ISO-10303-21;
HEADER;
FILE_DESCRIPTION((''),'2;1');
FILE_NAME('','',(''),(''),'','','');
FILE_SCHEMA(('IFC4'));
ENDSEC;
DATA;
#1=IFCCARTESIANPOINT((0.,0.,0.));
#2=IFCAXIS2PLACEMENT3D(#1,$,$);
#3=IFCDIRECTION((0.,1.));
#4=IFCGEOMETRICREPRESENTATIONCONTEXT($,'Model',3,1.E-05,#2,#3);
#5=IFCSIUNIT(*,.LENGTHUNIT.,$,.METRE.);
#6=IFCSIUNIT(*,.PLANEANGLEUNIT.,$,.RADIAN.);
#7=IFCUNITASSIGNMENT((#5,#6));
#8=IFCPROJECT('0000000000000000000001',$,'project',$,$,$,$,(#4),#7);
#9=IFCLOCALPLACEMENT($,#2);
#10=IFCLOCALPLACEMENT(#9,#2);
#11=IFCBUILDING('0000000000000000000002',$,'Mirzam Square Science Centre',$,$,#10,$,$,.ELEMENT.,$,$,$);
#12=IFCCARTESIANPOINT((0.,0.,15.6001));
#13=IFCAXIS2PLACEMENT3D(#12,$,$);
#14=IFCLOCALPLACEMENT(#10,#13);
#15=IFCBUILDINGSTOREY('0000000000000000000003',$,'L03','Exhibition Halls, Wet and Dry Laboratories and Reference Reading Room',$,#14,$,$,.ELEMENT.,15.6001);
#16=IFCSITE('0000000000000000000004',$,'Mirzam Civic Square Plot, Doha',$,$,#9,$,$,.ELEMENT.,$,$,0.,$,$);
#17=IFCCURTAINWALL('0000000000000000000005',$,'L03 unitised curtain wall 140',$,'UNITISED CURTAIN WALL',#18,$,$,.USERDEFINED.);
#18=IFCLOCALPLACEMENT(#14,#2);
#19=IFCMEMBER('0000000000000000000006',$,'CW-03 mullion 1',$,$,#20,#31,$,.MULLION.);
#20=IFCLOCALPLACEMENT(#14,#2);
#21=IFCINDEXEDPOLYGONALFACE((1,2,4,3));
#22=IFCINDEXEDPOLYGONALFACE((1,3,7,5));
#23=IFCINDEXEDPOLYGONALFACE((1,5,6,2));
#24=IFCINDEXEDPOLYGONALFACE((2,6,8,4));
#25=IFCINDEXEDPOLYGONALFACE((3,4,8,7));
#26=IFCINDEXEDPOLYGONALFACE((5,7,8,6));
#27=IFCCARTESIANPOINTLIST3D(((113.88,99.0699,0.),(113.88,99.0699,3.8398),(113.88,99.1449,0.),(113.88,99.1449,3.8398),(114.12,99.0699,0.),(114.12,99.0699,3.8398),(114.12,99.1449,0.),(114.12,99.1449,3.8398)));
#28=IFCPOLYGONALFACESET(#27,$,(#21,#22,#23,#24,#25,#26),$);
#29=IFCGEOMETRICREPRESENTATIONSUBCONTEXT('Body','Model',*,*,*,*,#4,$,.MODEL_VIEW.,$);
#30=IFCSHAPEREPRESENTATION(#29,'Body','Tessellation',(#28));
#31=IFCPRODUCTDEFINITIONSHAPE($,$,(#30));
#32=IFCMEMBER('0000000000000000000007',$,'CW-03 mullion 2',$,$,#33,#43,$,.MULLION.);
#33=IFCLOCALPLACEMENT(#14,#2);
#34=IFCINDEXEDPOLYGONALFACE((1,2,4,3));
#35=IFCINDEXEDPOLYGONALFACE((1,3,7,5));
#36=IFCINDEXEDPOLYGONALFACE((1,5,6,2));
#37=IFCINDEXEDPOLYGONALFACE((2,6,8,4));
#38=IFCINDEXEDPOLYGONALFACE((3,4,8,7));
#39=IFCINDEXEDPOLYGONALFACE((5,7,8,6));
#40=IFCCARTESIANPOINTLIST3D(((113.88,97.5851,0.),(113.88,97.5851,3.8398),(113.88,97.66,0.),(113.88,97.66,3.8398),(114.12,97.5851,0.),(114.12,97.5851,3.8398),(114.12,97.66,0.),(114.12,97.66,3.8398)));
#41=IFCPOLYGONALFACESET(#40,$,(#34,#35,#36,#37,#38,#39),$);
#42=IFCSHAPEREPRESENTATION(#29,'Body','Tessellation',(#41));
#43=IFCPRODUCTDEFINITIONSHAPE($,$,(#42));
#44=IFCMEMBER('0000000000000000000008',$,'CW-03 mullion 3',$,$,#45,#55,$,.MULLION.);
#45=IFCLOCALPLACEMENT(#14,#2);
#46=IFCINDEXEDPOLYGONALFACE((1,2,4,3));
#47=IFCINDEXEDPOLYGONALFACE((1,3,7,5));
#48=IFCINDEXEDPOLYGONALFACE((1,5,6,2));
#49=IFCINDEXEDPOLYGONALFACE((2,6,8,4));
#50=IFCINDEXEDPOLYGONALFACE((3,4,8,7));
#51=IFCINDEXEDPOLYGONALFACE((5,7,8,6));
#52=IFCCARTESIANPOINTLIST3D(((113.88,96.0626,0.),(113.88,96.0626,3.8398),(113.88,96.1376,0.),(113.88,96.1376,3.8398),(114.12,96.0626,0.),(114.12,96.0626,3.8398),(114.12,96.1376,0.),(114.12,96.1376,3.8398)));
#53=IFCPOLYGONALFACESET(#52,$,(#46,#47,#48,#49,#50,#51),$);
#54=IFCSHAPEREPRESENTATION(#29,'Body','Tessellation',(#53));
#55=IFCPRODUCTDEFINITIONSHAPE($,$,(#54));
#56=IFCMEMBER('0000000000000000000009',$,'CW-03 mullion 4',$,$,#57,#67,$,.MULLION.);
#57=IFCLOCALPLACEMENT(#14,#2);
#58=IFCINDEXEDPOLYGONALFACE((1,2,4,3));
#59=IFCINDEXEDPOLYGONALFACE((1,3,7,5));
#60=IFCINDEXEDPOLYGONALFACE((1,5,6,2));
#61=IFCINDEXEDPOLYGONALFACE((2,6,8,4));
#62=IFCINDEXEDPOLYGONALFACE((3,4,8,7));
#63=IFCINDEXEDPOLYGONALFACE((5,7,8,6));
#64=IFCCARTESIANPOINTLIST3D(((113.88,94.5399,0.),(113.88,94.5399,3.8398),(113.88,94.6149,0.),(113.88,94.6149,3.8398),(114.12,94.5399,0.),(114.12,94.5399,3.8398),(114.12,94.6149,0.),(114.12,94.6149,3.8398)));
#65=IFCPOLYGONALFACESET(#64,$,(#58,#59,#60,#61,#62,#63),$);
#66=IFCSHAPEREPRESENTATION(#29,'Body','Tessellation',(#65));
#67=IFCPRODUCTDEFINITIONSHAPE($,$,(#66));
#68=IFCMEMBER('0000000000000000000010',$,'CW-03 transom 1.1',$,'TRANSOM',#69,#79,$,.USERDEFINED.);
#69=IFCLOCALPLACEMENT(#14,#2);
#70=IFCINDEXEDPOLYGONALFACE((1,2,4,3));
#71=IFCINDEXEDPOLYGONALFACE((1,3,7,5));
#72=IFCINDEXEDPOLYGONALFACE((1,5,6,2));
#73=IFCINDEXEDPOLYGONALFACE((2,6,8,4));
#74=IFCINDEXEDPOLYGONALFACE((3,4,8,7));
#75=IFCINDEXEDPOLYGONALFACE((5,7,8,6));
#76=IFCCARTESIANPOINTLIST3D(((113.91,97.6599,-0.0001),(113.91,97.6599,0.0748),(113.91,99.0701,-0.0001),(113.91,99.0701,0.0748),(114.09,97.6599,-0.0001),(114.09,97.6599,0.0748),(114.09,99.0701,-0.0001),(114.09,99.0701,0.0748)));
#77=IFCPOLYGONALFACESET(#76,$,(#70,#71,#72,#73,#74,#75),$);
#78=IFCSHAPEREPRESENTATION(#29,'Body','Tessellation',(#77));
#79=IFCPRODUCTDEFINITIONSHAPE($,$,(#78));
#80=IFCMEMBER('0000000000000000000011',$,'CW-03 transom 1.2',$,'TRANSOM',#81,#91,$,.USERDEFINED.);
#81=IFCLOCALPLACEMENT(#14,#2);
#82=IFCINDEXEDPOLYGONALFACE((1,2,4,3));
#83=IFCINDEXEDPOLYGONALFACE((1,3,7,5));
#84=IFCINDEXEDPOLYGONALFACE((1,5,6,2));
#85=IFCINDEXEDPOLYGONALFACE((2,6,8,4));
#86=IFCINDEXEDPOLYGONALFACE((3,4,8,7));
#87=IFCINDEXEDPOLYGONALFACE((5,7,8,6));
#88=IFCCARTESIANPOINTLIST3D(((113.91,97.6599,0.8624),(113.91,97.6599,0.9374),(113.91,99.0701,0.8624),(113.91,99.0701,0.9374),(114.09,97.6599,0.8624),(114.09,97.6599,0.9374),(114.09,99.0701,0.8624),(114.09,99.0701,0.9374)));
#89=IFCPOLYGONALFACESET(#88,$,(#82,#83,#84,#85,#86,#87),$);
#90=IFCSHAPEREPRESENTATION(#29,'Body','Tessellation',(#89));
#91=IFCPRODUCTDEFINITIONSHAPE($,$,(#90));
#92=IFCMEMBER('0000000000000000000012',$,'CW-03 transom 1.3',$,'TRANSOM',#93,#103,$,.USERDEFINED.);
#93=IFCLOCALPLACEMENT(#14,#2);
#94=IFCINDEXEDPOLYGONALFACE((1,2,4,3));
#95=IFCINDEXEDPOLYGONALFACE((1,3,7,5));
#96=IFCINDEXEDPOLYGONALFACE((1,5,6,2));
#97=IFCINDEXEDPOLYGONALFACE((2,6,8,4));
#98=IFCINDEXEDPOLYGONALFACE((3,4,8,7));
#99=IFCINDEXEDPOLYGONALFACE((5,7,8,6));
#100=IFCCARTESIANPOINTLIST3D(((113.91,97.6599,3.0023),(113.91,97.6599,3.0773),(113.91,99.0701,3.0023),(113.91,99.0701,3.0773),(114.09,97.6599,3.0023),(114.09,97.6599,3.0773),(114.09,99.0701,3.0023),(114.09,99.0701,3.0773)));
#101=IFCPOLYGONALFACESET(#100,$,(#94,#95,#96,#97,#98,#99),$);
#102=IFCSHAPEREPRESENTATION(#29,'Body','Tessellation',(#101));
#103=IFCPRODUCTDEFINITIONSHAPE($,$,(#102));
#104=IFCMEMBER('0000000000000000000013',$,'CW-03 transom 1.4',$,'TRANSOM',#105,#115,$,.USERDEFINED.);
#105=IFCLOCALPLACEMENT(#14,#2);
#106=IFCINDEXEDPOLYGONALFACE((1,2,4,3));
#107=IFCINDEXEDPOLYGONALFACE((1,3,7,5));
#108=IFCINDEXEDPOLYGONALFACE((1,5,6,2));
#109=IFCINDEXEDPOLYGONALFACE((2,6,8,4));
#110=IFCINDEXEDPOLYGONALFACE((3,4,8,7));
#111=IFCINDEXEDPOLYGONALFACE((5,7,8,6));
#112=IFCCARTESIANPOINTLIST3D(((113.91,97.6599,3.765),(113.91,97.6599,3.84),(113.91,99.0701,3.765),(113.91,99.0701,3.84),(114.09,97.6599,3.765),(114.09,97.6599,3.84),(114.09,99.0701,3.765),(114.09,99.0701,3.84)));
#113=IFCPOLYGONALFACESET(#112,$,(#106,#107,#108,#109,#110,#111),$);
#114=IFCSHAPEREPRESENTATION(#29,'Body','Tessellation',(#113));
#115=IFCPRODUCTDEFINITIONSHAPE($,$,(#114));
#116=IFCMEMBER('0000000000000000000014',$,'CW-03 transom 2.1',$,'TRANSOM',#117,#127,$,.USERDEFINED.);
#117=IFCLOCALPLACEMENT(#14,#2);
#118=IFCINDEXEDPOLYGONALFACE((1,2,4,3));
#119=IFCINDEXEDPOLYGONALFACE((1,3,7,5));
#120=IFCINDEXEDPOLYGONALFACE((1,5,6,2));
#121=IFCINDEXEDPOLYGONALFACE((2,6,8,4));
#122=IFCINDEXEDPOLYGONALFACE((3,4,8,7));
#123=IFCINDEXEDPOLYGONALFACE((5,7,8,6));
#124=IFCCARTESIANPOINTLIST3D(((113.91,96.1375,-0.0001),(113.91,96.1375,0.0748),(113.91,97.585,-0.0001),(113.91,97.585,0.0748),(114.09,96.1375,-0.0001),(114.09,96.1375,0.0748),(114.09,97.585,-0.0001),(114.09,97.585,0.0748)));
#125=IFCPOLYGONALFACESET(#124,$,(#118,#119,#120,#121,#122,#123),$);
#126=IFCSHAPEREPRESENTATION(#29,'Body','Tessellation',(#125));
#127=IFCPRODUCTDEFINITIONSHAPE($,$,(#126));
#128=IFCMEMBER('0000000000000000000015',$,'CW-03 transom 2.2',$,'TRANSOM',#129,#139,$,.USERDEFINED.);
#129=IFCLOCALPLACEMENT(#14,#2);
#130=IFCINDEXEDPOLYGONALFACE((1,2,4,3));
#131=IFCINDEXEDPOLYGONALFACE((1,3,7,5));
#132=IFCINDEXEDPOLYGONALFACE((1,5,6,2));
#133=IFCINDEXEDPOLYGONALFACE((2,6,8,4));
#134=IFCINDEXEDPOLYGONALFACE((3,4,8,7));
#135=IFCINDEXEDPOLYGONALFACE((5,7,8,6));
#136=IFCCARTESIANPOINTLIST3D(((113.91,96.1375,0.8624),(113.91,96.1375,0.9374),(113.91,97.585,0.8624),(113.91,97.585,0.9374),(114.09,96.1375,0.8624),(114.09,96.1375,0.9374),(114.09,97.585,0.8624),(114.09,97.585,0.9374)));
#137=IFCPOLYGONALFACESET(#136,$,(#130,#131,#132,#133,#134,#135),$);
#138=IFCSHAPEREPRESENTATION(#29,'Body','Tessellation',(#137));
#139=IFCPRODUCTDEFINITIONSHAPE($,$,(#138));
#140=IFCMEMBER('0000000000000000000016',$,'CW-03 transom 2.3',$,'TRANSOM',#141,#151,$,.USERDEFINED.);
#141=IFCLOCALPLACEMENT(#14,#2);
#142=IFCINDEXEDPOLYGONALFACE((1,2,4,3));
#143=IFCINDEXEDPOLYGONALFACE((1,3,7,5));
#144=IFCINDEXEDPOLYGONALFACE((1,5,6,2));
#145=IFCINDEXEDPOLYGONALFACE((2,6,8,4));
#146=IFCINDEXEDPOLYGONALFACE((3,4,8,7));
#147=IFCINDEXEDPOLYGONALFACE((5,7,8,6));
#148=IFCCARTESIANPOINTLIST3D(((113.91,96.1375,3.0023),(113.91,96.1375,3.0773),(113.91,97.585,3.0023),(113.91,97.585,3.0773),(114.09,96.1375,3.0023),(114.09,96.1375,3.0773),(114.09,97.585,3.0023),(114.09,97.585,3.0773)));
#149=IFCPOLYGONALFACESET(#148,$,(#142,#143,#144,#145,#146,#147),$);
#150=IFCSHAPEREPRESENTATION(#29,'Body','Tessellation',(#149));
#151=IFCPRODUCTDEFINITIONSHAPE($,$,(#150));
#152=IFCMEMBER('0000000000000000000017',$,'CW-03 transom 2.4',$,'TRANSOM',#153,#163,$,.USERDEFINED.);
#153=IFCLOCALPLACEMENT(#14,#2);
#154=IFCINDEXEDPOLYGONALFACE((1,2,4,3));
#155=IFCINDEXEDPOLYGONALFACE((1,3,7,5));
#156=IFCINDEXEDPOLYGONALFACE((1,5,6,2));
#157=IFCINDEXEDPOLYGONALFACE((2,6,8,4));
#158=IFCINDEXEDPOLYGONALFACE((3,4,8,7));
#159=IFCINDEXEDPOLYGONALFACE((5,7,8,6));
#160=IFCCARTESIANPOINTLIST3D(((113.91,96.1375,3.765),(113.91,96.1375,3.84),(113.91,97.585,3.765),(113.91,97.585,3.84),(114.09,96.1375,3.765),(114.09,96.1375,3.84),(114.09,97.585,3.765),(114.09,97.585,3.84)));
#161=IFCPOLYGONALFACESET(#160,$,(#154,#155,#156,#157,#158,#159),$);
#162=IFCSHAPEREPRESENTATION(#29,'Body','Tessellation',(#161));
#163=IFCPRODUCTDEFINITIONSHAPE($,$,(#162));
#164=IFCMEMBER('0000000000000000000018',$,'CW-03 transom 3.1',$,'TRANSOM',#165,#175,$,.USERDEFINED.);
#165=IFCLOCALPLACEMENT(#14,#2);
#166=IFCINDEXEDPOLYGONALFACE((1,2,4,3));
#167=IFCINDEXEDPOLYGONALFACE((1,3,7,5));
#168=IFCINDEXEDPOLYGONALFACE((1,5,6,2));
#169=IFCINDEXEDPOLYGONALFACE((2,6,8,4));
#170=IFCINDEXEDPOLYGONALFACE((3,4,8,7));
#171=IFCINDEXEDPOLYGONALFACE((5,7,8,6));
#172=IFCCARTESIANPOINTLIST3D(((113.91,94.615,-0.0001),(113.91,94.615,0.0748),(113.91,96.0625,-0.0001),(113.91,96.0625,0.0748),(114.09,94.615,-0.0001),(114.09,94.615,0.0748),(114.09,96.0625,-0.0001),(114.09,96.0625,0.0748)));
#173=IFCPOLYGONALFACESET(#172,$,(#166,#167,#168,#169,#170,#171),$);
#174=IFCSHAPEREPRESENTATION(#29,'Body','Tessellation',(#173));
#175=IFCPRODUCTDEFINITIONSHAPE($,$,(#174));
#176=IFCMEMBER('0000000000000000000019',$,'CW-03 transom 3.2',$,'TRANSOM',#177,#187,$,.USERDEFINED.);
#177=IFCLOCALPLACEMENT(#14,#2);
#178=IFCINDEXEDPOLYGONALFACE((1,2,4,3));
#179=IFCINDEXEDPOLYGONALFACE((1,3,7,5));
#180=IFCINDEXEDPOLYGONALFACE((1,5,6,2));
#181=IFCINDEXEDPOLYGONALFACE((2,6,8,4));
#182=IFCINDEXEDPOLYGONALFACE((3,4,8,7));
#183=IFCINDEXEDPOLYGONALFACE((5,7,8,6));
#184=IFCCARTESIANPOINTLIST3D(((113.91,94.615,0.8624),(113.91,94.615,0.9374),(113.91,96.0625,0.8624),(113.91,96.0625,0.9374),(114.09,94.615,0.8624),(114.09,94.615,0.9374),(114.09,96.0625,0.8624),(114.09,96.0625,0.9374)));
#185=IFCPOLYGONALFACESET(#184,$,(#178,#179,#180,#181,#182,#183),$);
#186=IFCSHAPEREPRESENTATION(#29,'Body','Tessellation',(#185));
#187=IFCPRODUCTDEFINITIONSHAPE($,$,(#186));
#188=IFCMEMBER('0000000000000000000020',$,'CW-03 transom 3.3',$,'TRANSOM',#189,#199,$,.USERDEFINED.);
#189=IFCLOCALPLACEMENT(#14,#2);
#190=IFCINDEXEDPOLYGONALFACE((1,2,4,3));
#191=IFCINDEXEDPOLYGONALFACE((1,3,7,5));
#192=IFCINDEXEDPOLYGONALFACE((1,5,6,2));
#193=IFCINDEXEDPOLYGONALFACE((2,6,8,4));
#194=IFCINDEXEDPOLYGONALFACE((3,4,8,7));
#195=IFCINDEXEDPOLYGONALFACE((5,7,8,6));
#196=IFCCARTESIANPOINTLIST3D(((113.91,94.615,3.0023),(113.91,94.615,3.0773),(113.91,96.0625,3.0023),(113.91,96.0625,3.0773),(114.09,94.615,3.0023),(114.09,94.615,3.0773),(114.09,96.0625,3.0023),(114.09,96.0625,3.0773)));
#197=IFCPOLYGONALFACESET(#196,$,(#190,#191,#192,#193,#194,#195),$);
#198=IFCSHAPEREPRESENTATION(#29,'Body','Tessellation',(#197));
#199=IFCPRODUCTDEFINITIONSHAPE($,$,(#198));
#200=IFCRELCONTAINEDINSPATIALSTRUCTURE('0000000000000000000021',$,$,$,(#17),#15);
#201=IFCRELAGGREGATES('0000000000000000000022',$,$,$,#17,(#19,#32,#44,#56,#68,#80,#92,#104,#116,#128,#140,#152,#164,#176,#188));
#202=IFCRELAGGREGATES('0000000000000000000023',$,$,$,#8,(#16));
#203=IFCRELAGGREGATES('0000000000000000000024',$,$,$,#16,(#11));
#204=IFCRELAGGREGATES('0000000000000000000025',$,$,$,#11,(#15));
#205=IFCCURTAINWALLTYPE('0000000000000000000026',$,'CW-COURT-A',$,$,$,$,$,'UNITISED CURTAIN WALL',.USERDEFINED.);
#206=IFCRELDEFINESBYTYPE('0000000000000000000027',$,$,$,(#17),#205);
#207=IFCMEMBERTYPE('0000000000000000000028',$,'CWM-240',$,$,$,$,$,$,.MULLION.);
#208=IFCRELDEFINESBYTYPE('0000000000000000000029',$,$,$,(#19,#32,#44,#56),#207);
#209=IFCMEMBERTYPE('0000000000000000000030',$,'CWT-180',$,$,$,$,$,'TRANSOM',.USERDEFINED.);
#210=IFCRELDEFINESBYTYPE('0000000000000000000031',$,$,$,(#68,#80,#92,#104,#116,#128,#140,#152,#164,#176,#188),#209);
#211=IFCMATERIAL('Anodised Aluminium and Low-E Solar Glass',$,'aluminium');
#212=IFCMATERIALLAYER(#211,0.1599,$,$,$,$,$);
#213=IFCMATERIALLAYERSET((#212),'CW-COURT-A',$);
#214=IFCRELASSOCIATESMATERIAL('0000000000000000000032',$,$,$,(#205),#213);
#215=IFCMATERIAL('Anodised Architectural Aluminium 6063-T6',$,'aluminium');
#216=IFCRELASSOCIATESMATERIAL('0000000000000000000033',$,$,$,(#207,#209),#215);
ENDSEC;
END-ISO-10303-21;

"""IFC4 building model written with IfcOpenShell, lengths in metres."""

from ifc_helpers import new_model, si_unit, direction, frame, origin, origin_2d, place, context, subcontext, project, spatial, rectangle, extrude, material, layer, layer_set, material_profile, profile_set, type_object, element, aggregate, save


model = new_model("IFC4")

# Units and contexts
model_context = context("Model", 3, precision=1e-05, world=origin(), true_north=direction((0.0, 1.0)))
body_context = subcontext(model_context, "Body", "Model", "MODEL_VIEW")
ifc_project = project(units=[si_unit("LENGTHUNIT", "METRE"), si_unit("PLANEANGLEUNIT", "RADIAN")], contexts=[model_context])

# Site, building, storey
site_placement = place(None, origin())
site = spatial("IfcSite", under=ifc_project, at=site_placement, Name="Mirzam Civic Square Plot, Doha", CompositionType="ELEMENT", RefElevation=0.0)
building_placement = place(site_placement, origin())
building = spatial("IfcBuilding", under=site, at=building_placement, Name="Mirzam Square Science Centre", CompositionType="ELEMENT")
storey_placement = place(building_placement, frame((0.0, 0.0, 15.6001)))
storey = spatial("IfcBuildingStorey", under=building, at=storey_placement, Name="L03", Description="Exhibition Halls, Wet and Dry Laboratories and Reference Reading Room", CompositionType="ELEMENT", Elevation=15.6001)

# Curtain wall, members
ifc_material_1 = material(Name="Anodised Aluminium and Low-E Solar Glass", Category="aluminium")
ifc_layer_1 = layer(ifc_material_1, 0.1599)
ifc_layer_set_1 = layer_set([ifc_layer_1], Name="CW-COURT-A")
curtain_wall_type = type_object("IfcCurtainWallType", Name="CW-COURT-A", ElementType="UNITISED CURTAIN WALL", PredefinedType="USERDEFINED", material=ifc_layer_set_1)
curtain_wall_placement = place(storey_placement, origin())
curtain_wall = element("IfcCurtainWall", 1, at=curtain_wall_placement, inside=storey, type_object=curtain_wall_type, Name="L03 unitised curtain wall 140", ObjectType="UNITISED CURTAIN WALL", PredefinedType="USERDEFINED")
ifc_material_2 = material(Name="Anodised Architectural Aluminium 6063-T6", Category="aluminium")
ifc_material_profile_1 = material_profile(ifc_material_2, rectangle(XDim=0.075, YDim=0.24, at=origin_2d()), Name="ALU-MULL-240x75x5")
ifc_profile_set_1 = profile_set([ifc_material_profile_1], Name="Anodised Architectural Aluminium 6063-T6")
member_type_1 = type_object("IfcMemberType", Name="CWM-240", PredefinedType="MULLION", material=ifc_profile_set_1)
member_1_placement = place(storey_placement, frame((114.0, 99.1074, 0.0), z_axis=(0.0, 0.0, 1.0), x_axis=(0.0, -1.0, 0.0)))
member_1 = element("IfcMember", 2, at=member_1_placement, type_object=member_type_1, Name="CW-03 mullion 1", PredefinedType="MULLION", context=body_context, shape_type="SweptSolid", body=[
    extrude(rectangle(XDim=0.075, YDim=0.24, at=origin_2d()), origin(), (0.0, 0.0, 1.0), 3.8398),
])
member_2_placement = place(storey_placement, frame((114.0, 97.6226, 0.0), z_axis=(0.0, 0.0, 1.0), x_axis=(0.0, -1.0, 0.0)))
member_2 = element("IfcMember", 3, at=member_2_placement, type_object=member_type_1, Name="CW-03 mullion 2", PredefinedType="MULLION", context=body_context, shape_type="SweptSolid", body=[
    extrude(rectangle(XDim=0.075, YDim=0.24, at=origin_2d()), origin(), (0.0, 0.0, 1.0), 3.8398),
])
member_3_placement = place(storey_placement, frame((114.0, 96.1001, 0.0), z_axis=(0.0, 0.0, 1.0), x_axis=(0.0, -1.0, 0.0)))
member_3 = element("IfcMember", 4, at=member_3_placement, type_object=member_type_1, Name="CW-03 mullion 3", PredefinedType="MULLION", context=body_context, shape_type="SweptSolid", body=[
    extrude(rectangle(XDim=0.075, YDim=0.24, at=origin_2d()), origin(), (0.0, 0.0, 1.0), 3.8398),
])
member_4_placement = place(storey_placement, frame((114.0, 94.5774, 0.0), z_axis=(0.0, 0.0, 1.0), x_axis=(0.0, -1.0, 0.0)))
member_4 = element("IfcMember", 5, at=member_4_placement, type_object=member_type_1, Name="CW-03 mullion 4", PredefinedType="MULLION", context=body_context, shape_type="SweptSolid", body=[
    extrude(rectangle(XDim=0.075, YDim=0.24, at=origin_2d()), origin(), (0.0, 0.0, 1.0), 3.8398),
])
ifc_material_profile_2 = material_profile(ifc_material_2, rectangle(XDim=0.1799, YDim=0.075, at=origin_2d()), Name="ALU-TRAN-180x75x5")
ifc_profile_set_2 = profile_set([ifc_material_profile_2], Name="Anodised Architectural Aluminium 6063-T6")
member_type_2 = type_object("IfcMemberType", Name="CWT-180", ElementType="TRANSOM", PredefinedType="USERDEFINED", material=ifc_profile_set_2)
member_5_placement = place(storey_placement, frame((114.0, 99.0701, 0.0374), z_axis=(0.0, -1.0, 0.0), x_axis=(1.0, 0.0, 0.0)))
member_5 = element("IfcMember", 6, at=member_5_placement, type_object=member_type_2, Name="CW-03 transom 1.1", ObjectType="TRANSOM", PredefinedType="USERDEFINED", context=body_context, shape_type="SweptSolid", body=[
    extrude(rectangle(XDim=0.1799, YDim=0.075, at=origin_2d()), origin(), (0.0, 0.0, 1.0), 1.4102),
])
member_6_placement = place(storey_placement, frame((114.0, 99.0701, 0.8999), z_axis=(0.0, -1.0, 0.0), x_axis=(1.0, 0.0, 0.0)))
member_6 = element("IfcMember", 7, at=member_6_placement, type_object=member_type_2, Name="CW-03 transom 1.2", ObjectType="TRANSOM", PredefinedType="USERDEFINED", context=body_context, shape_type="SweptSolid", body=[
    extrude(rectangle(XDim=0.1799, YDim=0.075, at=origin_2d()), origin(), (0.0, 0.0, 1.0), 1.4102),
])
member_7_placement = place(storey_placement, frame((114.0, 99.0701, 3.0398), z_axis=(0.0, -1.0, 0.0), x_axis=(1.0, 0.0, 0.0)))
member_7 = element("IfcMember", 8, at=member_7_placement, type_object=member_type_2, Name="CW-03 transom 1.3", ObjectType="TRANSOM", PredefinedType="USERDEFINED", context=body_context, shape_type="SweptSolid", body=[
    extrude(rectangle(XDim=0.1799, YDim=0.075, at=origin_2d()), origin(), (0.0, 0.0, 1.0), 1.4102),
])
member_8_placement = place(storey_placement, frame((114.0, 99.0701, 3.8025), z_axis=(0.0, -1.0, 0.0), x_axis=(1.0, 0.0, 0.0)))
member_8 = element("IfcMember", 9, at=member_8_placement, type_object=member_type_2, Name="CW-03 transom 1.4", ObjectType="TRANSOM", PredefinedType="USERDEFINED", context=body_context, shape_type="SweptSolid", body=[
    extrude(rectangle(XDim=0.1799, YDim=0.075, at=origin_2d()), origin(), (0.0, 0.0, 1.0), 1.4102),
])
member_9_placement = place(storey_placement, frame((114.0, 97.585, 0.0374), z_axis=(0.0, -1.0, 0.0), x_axis=(1.0, 0.0, 0.0)))
member_9 = element("IfcMember", 10, at=member_9_placement, type_object=member_type_2, Name="CW-03 transom 2.1", ObjectType="TRANSOM", PredefinedType="USERDEFINED", context=body_context, shape_type="SweptSolid", body=[
    extrude(rectangle(XDim=0.1799, YDim=0.075, at=origin_2d()), origin(), (0.0, 0.0, 1.0), 1.4475),
])
member_10_placement = place(storey_placement, frame((114.0, 97.585, 0.8999), z_axis=(0.0, -1.0, 0.0), x_axis=(1.0, 0.0, 0.0)))
member_10 = element("IfcMember", 11, at=member_10_placement, type_object=member_type_2, Name="CW-03 transom 2.2", ObjectType="TRANSOM", PredefinedType="USERDEFINED", context=body_context, shape_type="SweptSolid", body=[
    extrude(rectangle(XDim=0.1799, YDim=0.075, at=origin_2d()), origin(), (0.0, 0.0, 1.0), 1.4475),
])
member_11_placement = place(storey_placement, frame((114.0, 97.585, 3.0398), z_axis=(0.0, -1.0, 0.0), x_axis=(1.0, 0.0, 0.0)))
member_11 = element("IfcMember", 12, at=member_11_placement, type_object=member_type_2, Name="CW-03 transom 2.3", ObjectType="TRANSOM", PredefinedType="USERDEFINED", context=body_context, shape_type="SweptSolid", body=[
    extrude(rectangle(XDim=0.1799, YDim=0.075, at=origin_2d()), origin(), (0.0, 0.0, 1.0), 1.4475),
])
member_12_placement = place(storey_placement, frame((114.0, 97.585, 3.8025), z_axis=(0.0, -1.0, 0.0), x_axis=(1.0, 0.0, 0.0)))
member_12 = element("IfcMember", 13, at=member_12_placement, type_object=member_type_2, Name="CW-03 transom 2.4", ObjectType="TRANSOM", PredefinedType="USERDEFINED", context=body_context, shape_type="SweptSolid", body=[
    extrude(rectangle(XDim=0.1799, YDim=0.075, at=origin_2d()), origin(), (0.0, 0.0, 1.0), 1.4475),
])
member_13_placement = place(storey_placement, frame((114.0, 96.0625, 0.0374), z_axis=(0.0, -1.0, 0.0), x_axis=(1.0, 0.0, 0.0)))
member_13 = element("IfcMember", 14, at=member_13_placement, type_object=member_type_2, Name="CW-03 transom 3.1", ObjectType="TRANSOM", PredefinedType="USERDEFINED", context=body_context, shape_type="SweptSolid", body=[
    extrude(rectangle(XDim=0.1799, YDim=0.075, at=origin_2d()), origin(), (0.0, 0.0, 1.0), 1.4475),
])
member_14_placement = place(storey_placement, frame((114.0, 96.0625, 0.8999), z_axis=(0.0, -1.0, 0.0), x_axis=(1.0, 0.0, 0.0)))
member_14 = element("IfcMember", 15, at=member_14_placement, type_object=member_type_2, Name="CW-03 transom 3.2", ObjectType="TRANSOM", PredefinedType="USERDEFINED", context=body_context, shape_type="SweptSolid", body=[
    extrude(rectangle(XDim=0.1799, YDim=0.075, at=origin_2d()), origin(), (0.0, 0.0, 1.0), 1.4475),
])
member_15_placement = place(storey_placement, frame((114.0, 96.0625, 3.0398), z_axis=(0.0, -1.0, 0.0), x_axis=(1.0, 0.0, 0.0)))
member_15 = element("IfcMember", 16, at=member_15_placement, type_object=member_type_2, Name="CW-03 transom 3.3", ObjectType="TRANSOM", PredefinedType="USERDEFINED", context=body_context, shape_type="SweptSolid", body=[
    extrude(rectangle(XDim=0.1799, YDim=0.075, at=origin_2d()), origin(), (0.0, 0.0, 1.0), 1.4475),
])
aggregate(curtain_wall, [member_1, member_2, member_3, member_4, member_5, member_6, member_7, member_8, member_9, member_10, member_11, member_12, member_13, member_14, member_15])

save(model, "model.ifc")
